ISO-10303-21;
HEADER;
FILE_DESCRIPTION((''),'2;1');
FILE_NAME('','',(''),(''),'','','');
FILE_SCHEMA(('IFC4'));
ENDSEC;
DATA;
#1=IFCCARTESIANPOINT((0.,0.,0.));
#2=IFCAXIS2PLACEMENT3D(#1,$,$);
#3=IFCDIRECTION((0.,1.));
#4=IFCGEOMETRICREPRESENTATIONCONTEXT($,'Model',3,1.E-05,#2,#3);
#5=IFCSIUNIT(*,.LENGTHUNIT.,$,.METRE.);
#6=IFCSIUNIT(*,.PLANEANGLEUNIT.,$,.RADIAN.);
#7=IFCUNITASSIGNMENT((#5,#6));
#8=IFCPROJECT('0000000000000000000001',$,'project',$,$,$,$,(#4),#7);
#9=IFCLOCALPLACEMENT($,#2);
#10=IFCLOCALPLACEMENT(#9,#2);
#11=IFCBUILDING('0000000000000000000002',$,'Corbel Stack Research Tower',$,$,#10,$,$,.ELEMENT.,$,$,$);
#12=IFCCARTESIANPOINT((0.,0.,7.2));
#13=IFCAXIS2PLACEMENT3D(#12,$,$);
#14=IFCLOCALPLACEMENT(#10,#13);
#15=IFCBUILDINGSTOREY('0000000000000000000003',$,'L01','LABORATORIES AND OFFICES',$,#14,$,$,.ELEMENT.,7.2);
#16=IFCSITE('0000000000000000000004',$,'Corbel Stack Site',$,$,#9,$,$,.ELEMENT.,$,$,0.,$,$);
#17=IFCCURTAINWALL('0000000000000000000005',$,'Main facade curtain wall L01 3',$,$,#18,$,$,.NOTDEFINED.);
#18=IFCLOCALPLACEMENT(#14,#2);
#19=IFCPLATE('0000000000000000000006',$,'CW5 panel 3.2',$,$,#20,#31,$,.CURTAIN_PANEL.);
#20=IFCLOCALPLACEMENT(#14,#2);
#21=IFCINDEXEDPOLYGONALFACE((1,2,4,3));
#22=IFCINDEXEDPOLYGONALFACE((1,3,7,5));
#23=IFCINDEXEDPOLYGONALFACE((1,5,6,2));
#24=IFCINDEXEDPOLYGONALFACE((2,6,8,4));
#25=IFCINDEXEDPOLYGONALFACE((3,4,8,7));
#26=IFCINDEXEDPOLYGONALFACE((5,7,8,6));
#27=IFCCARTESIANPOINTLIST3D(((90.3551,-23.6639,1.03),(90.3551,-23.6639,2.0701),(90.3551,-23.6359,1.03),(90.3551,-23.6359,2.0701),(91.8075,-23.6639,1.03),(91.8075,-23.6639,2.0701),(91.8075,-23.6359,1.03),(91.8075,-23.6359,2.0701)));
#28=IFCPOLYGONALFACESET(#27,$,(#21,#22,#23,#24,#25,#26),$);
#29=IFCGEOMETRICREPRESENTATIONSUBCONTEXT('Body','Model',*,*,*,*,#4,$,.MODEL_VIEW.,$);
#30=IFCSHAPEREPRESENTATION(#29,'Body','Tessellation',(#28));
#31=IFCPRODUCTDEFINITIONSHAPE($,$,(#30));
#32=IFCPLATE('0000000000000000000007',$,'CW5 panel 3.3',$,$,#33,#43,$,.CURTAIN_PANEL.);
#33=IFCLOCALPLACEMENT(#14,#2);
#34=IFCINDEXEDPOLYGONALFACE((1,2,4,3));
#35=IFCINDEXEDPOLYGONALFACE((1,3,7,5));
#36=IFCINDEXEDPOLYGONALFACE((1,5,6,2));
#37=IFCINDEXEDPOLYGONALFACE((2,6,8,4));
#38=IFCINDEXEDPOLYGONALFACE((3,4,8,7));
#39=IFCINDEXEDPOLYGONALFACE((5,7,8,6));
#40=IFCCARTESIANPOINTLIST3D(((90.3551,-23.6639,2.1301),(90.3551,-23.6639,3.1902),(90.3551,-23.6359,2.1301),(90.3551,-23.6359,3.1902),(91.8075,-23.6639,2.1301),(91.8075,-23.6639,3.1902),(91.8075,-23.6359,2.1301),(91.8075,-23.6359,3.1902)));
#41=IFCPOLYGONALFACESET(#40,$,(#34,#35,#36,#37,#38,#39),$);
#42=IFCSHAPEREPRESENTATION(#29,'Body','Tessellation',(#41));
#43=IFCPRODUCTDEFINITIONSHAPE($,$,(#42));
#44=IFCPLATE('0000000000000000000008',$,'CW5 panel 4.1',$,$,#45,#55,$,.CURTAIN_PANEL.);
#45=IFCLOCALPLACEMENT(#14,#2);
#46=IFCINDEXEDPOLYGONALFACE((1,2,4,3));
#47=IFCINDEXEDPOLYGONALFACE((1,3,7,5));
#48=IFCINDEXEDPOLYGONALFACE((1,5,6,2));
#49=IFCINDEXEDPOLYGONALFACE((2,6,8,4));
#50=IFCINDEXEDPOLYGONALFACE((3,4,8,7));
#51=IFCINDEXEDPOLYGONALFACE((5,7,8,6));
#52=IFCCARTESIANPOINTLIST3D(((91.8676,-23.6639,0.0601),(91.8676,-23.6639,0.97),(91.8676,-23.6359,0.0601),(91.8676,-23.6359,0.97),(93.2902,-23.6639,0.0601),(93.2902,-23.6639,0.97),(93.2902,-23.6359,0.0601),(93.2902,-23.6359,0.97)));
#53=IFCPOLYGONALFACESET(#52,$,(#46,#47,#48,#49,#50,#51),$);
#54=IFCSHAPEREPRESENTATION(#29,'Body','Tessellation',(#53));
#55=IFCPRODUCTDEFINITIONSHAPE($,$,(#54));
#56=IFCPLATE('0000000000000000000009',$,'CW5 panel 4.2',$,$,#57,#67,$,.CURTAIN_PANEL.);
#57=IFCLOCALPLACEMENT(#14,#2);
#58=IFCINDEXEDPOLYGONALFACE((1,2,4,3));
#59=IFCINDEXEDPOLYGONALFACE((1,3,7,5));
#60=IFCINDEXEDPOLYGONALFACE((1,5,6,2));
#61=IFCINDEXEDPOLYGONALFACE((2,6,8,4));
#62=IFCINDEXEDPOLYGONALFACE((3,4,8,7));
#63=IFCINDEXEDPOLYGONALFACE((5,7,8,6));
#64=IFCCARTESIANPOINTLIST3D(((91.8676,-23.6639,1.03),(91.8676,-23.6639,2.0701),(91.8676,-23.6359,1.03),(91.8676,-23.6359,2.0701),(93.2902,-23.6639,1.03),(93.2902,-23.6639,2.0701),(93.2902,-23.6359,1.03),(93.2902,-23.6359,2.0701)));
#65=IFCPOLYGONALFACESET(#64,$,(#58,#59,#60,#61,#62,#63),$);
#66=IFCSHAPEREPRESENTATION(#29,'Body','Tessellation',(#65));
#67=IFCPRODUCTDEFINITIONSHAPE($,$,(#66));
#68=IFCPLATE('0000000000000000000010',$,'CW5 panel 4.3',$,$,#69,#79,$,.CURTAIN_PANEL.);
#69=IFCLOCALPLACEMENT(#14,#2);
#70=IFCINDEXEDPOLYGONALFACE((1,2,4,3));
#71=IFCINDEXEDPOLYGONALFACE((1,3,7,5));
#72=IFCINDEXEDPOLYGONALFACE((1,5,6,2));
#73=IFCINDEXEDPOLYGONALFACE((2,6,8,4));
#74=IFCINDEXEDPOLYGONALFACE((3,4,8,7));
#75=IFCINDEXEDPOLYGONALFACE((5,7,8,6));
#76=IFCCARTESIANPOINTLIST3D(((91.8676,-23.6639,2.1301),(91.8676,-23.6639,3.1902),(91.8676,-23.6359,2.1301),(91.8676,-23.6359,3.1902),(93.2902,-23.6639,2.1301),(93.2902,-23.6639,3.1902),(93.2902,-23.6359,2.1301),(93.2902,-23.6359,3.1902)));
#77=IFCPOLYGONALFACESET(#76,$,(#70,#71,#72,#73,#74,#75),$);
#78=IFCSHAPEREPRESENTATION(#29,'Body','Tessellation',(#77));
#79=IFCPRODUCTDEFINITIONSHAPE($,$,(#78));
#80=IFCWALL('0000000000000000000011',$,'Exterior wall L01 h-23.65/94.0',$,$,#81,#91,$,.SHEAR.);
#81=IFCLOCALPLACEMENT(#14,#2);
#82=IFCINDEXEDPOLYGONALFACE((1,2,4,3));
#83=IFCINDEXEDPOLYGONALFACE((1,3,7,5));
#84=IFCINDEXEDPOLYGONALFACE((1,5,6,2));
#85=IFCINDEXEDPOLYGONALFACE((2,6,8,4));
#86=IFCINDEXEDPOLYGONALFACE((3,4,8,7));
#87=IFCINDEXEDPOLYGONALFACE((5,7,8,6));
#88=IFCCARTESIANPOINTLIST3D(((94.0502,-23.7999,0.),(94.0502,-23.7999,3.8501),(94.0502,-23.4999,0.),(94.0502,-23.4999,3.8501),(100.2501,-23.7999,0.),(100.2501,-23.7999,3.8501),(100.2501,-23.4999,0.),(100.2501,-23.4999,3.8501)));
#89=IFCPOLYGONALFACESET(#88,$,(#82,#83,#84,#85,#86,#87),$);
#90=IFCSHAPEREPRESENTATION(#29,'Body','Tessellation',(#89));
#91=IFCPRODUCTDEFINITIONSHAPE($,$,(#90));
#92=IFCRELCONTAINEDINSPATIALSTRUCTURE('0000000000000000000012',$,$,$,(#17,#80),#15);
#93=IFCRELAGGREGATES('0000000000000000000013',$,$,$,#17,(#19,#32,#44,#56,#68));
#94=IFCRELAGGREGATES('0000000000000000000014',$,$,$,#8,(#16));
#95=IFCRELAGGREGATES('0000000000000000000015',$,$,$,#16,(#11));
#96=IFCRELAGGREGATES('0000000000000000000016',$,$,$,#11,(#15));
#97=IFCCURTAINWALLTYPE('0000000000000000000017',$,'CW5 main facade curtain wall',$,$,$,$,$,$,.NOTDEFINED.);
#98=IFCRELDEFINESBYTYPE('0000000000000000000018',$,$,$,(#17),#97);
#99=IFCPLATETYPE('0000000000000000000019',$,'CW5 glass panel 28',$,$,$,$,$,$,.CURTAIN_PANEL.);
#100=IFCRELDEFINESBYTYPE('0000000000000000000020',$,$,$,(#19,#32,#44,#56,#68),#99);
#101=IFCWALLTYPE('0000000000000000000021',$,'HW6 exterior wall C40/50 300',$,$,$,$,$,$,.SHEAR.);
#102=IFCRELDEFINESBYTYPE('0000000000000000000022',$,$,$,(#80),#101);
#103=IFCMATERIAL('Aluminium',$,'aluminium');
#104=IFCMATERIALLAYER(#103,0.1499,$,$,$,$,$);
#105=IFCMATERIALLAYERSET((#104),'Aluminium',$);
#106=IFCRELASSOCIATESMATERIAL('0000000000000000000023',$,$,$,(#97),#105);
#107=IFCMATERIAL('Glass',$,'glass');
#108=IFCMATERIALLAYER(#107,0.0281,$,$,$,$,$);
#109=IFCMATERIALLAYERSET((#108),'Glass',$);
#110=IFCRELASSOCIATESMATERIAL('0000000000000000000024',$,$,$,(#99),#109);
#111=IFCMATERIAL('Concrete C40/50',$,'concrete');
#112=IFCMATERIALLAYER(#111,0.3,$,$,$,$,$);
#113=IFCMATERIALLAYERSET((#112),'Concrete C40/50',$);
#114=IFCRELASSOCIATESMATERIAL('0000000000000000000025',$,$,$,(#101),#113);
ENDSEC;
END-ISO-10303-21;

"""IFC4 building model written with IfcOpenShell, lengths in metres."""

from ifc_helpers import new_model, si_unit, direction, frame, frame_2d, origin, origin_2d, place, context, subcontext, project, spatial, rectangle, extrude, material, layer, layer_set, type_object, element, aggregate, save


model = new_model("IFC4")

# Units and contexts
model_context = context("Model", 3, precision=1e-05, world=origin(), true_north=direction((0.0, 1.0)))
body_context = subcontext(model_context, "Body", "Model", "MODEL_VIEW")
ifc_project = project(units=[si_unit("LENGTHUNIT", "METRE"), si_unit("PLANEANGLEUNIT", "RADIAN")], contexts=[model_context])

# Site, building, storey
site_placement = place(None, origin())
site = spatial("IfcSite", under=ifc_project, at=site_placement, Name="Corbel Stack Site", CompositionType="ELEMENT", RefElevation=0.0)
building_placement = place(site_placement, origin())
building = spatial("IfcBuilding", under=site, at=building_placement, Name="Corbel Stack Research Tower", CompositionType="ELEMENT")
storey_placement = place(building_placement, frame((0.0, 0.0, 7.2)))
storey = spatial("IfcBuildingStorey", under=building, at=storey_placement, Name="L01", Description="LABORATORIES AND OFFICES", CompositionType="ELEMENT", Elevation=7.2)

# Curtain wall, plates
ifc_material_1 = material(Name="Aluminium", Category="aluminium")
ifc_layer_1 = layer(ifc_material_1, 0.1499)
ifc_layer_set_1 = layer_set([ifc_layer_1], Name="Aluminium")
curtain_wall_type = type_object("IfcCurtainWallType", Name="CW5 main facade curtain wall", PredefinedType="NOTDEFINED", material=ifc_layer_set_1)
curtain_wall_placement = place(storey_placement, origin())
curtain_wall = element("IfcCurtainWall", 1, at=curtain_wall_placement, inside=storey, type_object=curtain_wall_type, Name="Main facade curtain wall L01 3", PredefinedType="NOTDEFINED")
ifc_material_2 = material(Name="Glass", Category="glass")
ifc_layer_2 = layer(ifc_material_2, 0.0281)
ifc_layer_set_2 = layer_set([ifc_layer_2], Name="Glass")
plate_type = type_object("IfcPlateType", Name="CW5 glass panel 28", PredefinedType="CURTAIN_PANEL", material=ifc_layer_set_2)
plate_1_placement = place(storey_placement, frame((91.0813, -23.6499, 1.03), z_axis=(0.0, 0.0, 1.0), x_axis=(1.0, 0.0, 0.0)))
plate_1 = element("IfcPlate", 2, at=plate_1_placement, type_object=plate_type, Name="CW5 panel 3.2", PredefinedType="CURTAIN_PANEL", context=body_context, shape_type="SweptSolid", body=[
    extrude(rectangle(XDim=1.4524, YDim=0.0281, at=origin_2d()), origin(), (0.0, 0.0, 1.0), 1.04),
])
plate_2_placement = place(storey_placement, frame((91.0813, -23.6499, 2.1301), z_axis=(0.0, 0.0, 1.0), x_axis=(1.0, 0.0, 0.0)))
plate_2 = element("IfcPlate", 3, at=plate_2_placement, type_object=plate_type, Name="CW5 panel 3.3", PredefinedType="CURTAIN_PANEL", context=body_context, shape_type="SweptSolid", body=[
    extrude(rectangle(XDim=1.4524, YDim=0.0281, at=origin_2d()), origin(), (0.0, 0.0, 1.0), 1.0601),
])
plate_3_placement = place(storey_placement, frame((92.5789, -23.6499, 0.0601), z_axis=(0.0, 0.0, 1.0), x_axis=(1.0, 0.0, 0.0)))
plate_3 = element("IfcPlate", 4, at=plate_3_placement, type_object=plate_type, Name="CW5 panel 4.1", PredefinedType="CURTAIN_PANEL", context=body_context, shape_type="SweptSolid", body=[
    extrude(rectangle(XDim=1.4226, YDim=0.0281, at=origin_2d()), origin(), (0.0, 0.0, 1.0), 0.9099),
])
plate_4_placement = place(storey_placement, frame((92.5789, -23.6499, 1.03), z_axis=(0.0, 0.0, 1.0), x_axis=(1.0, 0.0, 0.0)))
plate_4 = element("IfcPlate", 5, at=plate_4_placement, type_object=plate_type, Name="CW5 panel 4.2", PredefinedType="CURTAIN_PANEL", context=body_context, shape_type="SweptSolid", body=[
    extrude(rectangle(XDim=1.4226, YDim=0.0281, at=origin_2d()), origin(), (0.0, 0.0, 1.0), 1.04),
])
plate_5_placement = place(storey_placement, frame((92.5789, -23.6499, 2.1301), z_axis=(0.0, 0.0, 1.0), x_axis=(1.0, 0.0, 0.0)))
plate_5 = element("IfcPlate", 6, at=plate_5_placement, type_object=plate_type, Name="CW5 panel 4.3", PredefinedType="CURTAIN_PANEL", context=body_context, shape_type="SweptSolid", body=[
    extrude(rectangle(XDim=1.4226, YDim=0.0281, at=origin_2d()), origin(), (0.0, 0.0, 1.0), 1.0601),
])
aggregate(curtain_wall, [plate_1, plate_2, plate_3, plate_4, plate_5])

# Wall
ifc_material_3 = material(Name="Concrete C40/50", Category="concrete")
ifc_layer_3 = layer(ifc_material_3, 0.3)
ifc_layer_set_3 = layer_set([ifc_layer_3], Name="Concrete C40/50")
wall_type = type_object("IfcWallType", Name="HW6 exterior wall C40/50 300", PredefinedType="SHEAR", material=ifc_layer_set_3)
wall_placement = place(storey_placement, frame((94.05, -23.6499, 0.0), z_axis=(0.0, 0.0, 1.0), x_axis=(1.0, 0.0, 0.0)))
element("IfcWall", 7, at=wall_placement, inside=storey, type_object=wall_type, Name="Exterior wall L01 h-23.65/94.0", PredefinedType="SHEAR", context=body_context, shape_type="SweptSolid", body=[
    extrude(rectangle(XDim=6.2, YDim=0.3, at=frame_2d((3.1001, 0.0))), origin(), (0.0, 0.0, 1.0), 3.8501),
])

save(model, "model.ifc")
